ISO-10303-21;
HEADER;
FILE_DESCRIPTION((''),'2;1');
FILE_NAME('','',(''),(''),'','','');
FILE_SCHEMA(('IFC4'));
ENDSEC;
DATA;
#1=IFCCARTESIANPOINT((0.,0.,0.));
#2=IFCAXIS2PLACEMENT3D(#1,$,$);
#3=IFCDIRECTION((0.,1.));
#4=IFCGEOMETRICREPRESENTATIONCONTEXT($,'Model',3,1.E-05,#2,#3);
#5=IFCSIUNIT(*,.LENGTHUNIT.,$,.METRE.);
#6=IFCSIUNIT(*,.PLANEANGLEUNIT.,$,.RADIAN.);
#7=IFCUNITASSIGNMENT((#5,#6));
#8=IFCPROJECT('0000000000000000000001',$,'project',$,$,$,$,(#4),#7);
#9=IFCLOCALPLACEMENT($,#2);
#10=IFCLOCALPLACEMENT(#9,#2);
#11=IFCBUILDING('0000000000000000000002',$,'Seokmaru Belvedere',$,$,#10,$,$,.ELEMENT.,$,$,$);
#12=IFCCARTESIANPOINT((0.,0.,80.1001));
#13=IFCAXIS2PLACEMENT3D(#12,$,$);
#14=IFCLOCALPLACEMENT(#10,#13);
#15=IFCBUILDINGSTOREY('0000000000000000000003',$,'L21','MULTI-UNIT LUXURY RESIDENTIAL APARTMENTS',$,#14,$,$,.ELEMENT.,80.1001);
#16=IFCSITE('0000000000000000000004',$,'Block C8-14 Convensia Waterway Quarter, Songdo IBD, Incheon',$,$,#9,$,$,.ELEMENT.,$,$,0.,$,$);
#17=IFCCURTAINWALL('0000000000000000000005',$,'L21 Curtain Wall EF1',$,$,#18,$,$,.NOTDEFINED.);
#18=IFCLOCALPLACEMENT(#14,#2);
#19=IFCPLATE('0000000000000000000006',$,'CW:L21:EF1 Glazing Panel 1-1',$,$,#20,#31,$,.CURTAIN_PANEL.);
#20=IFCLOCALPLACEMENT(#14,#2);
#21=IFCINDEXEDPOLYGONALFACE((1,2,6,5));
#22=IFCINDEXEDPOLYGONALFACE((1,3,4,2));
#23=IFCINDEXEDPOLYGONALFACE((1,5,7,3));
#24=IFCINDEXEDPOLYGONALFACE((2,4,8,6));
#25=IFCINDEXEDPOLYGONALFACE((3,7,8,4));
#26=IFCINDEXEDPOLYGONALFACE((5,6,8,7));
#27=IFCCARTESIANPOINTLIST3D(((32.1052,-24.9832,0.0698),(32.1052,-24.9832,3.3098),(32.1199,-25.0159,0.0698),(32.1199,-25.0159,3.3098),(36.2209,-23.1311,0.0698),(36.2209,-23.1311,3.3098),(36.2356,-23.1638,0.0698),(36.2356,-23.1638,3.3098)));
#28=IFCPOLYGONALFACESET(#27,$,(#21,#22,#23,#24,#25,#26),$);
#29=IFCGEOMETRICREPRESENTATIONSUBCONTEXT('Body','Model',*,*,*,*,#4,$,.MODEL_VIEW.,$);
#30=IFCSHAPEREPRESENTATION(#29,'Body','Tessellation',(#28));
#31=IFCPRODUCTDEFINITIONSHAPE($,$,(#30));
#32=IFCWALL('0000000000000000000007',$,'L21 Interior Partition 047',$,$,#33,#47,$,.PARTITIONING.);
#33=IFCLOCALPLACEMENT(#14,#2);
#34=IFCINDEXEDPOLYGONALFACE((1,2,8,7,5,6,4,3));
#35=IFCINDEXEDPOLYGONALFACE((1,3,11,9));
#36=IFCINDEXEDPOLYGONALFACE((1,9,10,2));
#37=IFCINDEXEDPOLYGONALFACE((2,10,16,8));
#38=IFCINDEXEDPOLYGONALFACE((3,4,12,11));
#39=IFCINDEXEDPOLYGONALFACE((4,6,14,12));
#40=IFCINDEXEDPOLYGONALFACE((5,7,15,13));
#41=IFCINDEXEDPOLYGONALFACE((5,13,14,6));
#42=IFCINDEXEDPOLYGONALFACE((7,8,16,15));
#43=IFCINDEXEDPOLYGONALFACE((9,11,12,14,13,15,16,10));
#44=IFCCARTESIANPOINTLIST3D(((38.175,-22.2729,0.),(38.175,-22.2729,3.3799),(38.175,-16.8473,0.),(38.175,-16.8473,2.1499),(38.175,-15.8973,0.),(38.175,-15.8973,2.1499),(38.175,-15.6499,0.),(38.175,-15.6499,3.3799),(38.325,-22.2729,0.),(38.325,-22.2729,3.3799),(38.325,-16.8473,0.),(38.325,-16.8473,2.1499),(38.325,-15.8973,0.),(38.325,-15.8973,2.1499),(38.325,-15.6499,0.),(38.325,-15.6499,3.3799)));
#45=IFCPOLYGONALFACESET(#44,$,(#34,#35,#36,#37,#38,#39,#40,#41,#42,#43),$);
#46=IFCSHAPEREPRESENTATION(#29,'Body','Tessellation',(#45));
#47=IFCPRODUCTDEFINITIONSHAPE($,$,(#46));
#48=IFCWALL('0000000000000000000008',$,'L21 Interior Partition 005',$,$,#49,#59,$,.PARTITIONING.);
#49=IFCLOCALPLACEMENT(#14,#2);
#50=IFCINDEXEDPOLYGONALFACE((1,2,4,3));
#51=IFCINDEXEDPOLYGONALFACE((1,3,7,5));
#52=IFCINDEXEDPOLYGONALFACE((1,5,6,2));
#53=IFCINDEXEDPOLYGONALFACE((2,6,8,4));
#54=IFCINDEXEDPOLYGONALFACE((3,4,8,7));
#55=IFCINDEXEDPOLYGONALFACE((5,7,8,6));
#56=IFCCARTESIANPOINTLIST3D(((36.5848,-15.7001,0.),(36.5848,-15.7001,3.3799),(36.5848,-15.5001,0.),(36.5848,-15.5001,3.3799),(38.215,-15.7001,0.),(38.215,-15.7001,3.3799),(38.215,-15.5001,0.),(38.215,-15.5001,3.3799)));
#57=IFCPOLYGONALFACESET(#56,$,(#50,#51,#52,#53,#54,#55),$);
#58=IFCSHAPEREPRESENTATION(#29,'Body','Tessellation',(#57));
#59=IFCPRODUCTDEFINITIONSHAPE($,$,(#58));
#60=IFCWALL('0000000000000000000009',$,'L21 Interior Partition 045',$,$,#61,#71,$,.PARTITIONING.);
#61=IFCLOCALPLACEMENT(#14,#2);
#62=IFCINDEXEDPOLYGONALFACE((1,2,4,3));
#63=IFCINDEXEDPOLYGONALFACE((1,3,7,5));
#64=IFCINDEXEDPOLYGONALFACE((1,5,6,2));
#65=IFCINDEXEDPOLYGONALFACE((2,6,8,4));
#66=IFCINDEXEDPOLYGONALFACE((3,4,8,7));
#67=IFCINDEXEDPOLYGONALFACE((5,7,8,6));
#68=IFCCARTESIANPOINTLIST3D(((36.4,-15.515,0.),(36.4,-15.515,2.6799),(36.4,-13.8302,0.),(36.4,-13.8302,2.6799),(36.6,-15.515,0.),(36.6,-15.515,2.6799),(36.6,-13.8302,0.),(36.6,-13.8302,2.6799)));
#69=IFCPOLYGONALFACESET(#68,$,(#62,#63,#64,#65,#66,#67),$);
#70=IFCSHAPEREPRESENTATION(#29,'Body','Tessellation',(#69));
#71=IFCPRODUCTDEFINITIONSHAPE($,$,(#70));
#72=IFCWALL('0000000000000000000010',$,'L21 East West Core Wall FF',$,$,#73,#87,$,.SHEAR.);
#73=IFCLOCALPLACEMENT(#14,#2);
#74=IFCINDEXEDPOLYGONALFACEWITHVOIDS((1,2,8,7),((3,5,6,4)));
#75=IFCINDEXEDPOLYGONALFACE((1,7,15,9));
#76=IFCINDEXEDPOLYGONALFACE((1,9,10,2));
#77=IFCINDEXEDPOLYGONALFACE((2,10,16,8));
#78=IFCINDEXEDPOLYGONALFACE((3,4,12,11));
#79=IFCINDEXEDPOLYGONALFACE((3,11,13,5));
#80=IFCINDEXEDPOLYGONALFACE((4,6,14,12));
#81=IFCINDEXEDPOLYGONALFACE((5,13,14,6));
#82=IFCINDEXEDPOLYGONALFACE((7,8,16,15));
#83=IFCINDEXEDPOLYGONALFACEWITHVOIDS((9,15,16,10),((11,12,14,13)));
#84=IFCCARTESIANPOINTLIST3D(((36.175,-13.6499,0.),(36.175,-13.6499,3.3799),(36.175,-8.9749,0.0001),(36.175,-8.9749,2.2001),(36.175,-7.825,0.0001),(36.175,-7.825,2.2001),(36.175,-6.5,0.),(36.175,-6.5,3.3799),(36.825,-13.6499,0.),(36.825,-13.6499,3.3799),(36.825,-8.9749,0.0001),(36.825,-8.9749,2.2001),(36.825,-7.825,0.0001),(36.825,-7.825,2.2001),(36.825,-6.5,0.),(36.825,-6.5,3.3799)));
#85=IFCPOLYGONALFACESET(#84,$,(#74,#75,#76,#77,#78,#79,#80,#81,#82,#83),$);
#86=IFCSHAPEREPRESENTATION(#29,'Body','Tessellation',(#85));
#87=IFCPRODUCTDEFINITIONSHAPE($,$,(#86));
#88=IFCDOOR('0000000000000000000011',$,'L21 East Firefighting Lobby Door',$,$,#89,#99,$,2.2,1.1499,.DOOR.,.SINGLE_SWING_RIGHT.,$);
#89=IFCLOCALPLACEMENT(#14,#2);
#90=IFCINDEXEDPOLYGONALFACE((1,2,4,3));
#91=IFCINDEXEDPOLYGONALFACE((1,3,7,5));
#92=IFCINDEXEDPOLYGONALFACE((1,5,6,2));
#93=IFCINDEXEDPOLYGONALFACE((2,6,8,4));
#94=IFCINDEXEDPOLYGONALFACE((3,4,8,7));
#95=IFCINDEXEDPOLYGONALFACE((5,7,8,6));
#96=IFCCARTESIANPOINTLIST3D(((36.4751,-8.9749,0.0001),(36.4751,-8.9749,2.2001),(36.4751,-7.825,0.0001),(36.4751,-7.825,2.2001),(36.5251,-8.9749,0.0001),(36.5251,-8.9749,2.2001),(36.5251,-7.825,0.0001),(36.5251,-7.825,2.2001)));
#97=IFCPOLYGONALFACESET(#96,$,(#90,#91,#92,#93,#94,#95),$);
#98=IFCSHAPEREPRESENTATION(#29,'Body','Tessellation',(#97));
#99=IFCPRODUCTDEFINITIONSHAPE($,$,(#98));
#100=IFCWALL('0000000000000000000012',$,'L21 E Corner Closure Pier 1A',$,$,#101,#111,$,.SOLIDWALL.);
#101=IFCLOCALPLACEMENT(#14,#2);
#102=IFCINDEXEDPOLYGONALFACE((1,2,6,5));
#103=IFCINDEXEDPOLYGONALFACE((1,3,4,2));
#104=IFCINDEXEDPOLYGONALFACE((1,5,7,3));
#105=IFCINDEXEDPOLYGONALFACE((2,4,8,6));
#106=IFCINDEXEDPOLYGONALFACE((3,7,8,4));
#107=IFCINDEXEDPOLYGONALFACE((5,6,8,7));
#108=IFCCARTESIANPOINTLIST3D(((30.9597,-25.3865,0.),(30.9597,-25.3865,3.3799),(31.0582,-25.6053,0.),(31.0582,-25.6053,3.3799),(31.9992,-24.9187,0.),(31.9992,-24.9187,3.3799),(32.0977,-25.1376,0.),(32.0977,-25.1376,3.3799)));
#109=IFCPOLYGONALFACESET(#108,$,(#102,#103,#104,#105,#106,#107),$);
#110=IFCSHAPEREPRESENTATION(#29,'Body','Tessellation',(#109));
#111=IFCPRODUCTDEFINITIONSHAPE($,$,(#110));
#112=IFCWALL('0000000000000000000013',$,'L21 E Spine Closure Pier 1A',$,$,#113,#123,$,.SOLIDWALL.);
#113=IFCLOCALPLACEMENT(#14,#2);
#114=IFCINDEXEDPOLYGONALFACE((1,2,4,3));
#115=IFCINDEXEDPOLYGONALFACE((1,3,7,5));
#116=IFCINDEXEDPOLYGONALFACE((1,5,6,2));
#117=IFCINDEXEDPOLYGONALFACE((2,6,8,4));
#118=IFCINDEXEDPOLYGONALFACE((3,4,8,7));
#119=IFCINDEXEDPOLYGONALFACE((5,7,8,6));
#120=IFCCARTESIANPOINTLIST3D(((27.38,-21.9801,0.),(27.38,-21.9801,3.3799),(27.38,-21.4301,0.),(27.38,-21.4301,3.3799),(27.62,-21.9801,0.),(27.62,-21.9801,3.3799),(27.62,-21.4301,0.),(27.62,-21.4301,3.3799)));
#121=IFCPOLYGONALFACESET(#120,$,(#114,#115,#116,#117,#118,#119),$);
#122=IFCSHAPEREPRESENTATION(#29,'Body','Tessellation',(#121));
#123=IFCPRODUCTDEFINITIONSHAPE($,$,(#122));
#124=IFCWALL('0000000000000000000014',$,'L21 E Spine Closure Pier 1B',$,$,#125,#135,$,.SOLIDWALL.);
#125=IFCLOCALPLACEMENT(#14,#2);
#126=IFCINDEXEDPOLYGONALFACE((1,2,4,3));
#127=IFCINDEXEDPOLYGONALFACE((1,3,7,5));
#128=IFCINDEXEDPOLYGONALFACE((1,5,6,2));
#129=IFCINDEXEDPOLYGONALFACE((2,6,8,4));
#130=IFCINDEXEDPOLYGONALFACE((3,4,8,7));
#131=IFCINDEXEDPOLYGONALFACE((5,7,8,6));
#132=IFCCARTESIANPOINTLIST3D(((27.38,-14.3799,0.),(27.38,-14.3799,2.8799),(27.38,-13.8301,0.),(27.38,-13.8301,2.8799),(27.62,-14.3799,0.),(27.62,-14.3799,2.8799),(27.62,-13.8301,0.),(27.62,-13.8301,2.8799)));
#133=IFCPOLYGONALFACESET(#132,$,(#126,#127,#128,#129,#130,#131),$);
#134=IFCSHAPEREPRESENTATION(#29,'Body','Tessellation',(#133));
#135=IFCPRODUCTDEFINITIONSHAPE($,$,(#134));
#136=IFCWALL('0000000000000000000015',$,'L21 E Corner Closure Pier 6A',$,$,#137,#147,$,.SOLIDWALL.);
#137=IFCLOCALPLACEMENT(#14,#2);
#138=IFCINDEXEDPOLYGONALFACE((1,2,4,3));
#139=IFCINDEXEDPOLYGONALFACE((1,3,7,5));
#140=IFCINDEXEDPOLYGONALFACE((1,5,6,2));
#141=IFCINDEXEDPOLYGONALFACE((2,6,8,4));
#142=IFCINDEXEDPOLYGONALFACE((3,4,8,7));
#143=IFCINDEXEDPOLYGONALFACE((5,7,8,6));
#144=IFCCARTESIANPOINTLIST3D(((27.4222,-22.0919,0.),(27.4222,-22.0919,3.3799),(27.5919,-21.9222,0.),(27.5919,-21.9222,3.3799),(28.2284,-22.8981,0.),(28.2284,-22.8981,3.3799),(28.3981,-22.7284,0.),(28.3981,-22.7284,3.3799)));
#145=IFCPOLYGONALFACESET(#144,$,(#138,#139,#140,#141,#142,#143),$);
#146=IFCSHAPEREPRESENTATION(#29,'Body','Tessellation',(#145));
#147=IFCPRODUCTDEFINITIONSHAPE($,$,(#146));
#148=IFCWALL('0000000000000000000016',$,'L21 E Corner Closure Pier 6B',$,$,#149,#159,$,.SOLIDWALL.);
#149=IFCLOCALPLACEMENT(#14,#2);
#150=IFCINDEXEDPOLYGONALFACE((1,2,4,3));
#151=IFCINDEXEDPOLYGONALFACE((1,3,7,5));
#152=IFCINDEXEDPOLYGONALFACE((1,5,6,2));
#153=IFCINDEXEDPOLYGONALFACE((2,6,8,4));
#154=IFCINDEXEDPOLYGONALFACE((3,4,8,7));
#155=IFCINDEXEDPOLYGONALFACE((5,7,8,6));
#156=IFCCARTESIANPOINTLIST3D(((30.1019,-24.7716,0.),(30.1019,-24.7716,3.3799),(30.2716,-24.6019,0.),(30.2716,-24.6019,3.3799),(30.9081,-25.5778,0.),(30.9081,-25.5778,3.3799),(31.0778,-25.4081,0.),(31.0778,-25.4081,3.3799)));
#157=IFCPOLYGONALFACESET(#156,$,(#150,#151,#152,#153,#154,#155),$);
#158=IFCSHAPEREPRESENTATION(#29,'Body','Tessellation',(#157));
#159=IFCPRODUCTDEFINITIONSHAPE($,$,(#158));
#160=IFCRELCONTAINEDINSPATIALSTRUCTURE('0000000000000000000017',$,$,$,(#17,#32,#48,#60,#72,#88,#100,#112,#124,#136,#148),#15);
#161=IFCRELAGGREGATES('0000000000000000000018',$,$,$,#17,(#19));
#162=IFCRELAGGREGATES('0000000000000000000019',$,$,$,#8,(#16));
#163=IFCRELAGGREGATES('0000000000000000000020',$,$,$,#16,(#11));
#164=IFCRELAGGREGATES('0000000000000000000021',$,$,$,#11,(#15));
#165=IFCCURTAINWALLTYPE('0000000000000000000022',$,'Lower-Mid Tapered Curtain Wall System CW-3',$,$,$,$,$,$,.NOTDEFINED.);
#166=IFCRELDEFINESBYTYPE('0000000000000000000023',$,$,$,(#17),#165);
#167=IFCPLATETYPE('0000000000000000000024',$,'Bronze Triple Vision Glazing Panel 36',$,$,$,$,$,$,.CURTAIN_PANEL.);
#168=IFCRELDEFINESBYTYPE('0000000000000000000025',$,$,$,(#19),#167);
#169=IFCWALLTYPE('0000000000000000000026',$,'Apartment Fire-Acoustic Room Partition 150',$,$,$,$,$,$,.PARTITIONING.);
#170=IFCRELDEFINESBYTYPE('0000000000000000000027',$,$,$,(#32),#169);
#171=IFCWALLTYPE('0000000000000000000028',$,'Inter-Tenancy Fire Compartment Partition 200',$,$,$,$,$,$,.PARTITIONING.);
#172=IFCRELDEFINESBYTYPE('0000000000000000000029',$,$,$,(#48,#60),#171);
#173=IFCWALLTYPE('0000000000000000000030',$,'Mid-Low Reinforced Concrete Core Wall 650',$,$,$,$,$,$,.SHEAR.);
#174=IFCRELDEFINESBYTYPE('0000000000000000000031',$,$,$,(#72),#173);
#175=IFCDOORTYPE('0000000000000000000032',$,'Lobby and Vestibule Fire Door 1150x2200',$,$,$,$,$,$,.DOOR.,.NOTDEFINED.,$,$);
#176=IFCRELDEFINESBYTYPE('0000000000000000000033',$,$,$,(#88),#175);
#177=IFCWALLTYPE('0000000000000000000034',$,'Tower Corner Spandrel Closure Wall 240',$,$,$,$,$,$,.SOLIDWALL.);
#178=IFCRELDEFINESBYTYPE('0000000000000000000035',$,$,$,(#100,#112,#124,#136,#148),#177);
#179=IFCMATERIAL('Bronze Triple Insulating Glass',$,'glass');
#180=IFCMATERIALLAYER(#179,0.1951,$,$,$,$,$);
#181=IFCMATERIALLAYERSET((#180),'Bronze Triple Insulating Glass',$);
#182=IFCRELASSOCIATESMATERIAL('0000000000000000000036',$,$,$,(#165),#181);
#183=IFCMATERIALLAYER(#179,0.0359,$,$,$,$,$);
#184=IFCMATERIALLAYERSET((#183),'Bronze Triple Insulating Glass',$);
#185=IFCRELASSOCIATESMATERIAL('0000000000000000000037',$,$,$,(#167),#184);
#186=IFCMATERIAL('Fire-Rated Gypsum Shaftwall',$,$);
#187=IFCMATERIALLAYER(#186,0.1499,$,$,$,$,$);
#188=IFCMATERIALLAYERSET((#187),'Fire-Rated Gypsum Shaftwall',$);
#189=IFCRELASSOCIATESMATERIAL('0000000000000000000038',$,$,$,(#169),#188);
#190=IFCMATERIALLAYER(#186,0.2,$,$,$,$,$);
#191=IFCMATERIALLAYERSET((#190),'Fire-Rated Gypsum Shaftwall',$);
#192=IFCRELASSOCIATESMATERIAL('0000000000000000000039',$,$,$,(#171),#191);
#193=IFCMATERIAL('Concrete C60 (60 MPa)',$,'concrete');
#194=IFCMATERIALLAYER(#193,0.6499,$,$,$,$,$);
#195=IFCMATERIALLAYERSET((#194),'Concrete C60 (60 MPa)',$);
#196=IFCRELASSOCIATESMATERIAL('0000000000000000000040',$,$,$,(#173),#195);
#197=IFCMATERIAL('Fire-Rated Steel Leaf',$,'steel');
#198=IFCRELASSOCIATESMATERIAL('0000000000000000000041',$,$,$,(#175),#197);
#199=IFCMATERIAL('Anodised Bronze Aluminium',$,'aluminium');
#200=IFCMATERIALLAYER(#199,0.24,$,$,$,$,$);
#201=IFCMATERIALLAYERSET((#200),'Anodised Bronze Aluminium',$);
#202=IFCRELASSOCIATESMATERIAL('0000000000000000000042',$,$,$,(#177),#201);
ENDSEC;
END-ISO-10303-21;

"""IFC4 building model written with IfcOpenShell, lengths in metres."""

from ifc_helpers import new_model, si_unit, direction, frame, frame_2d, origin, origin_2d, place, context, subcontext, project, spatial, rectangle, extrude, source, transform, mapped, material, layer, layer_set, type_object, type_shapes, element, fill, aggregate, save


model = new_model("IFC4")

# Units and contexts
model_context = context("Model", 3, precision=1e-05, world=origin(), true_north=direction((0.0, 1.0)))
body_context = subcontext(model_context, "Body", "Model", "MODEL_VIEW")
ifc_project = project(units=[si_unit("LENGTHUNIT", "METRE"), si_unit("PLANEANGLEUNIT", "RADIAN")], contexts=[model_context])

# Site, building, storey
site_placement = place(None, origin())
site = spatial("IfcSite", under=ifc_project, at=site_placement, Name="Block C8-14 Convensia Waterway Quarter, Songdo IBD, Incheon", CompositionType="ELEMENT", RefElevation=0.0)
building_placement = place(site_placement, origin())
building = spatial("IfcBuilding", under=site, at=building_placement, Name="Seokmaru Belvedere", CompositionType="ELEMENT")
storey_placement = place(building_placement, frame((0.0, 0.0, 80.1001)))
storey = spatial("IfcBuildingStorey", under=building, at=storey_placement, Name="L21", Description="MULTI-UNIT LUXURY RESIDENTIAL APARTMENTS", CompositionType="ELEMENT", Elevation=80.1001)

# Curtain wall
ifc_material_1 = material(Name="Bronze Triple Insulating Glass", Category="glass")
ifc_layer_1 = layer(ifc_material_1, 0.1951)
ifc_layer_set_1 = layer_set([ifc_layer_1], Name="Bronze Triple Insulating Glass")
curtain_wall_type = type_object("IfcCurtainWallType", Name="Lower-Mid Tapered Curtain Wall System CW-3", PredefinedType="NOTDEFINED", material=ifc_layer_set_1)
curtain_wall_1_placement = place(storey_placement, origin())
curtain_wall_1 = element("IfcCurtainWall", 1, at=curtain_wall_1_placement, inside=storey, type_object=curtain_wall_type, Name="L21 Curtain Wall EF1", PredefinedType="NOTDEFINED")
ifc_material_2 = material(Name="Anodised Bronze Aluminium", Category="aluminium")

# Plate
ifc_layer_2 = layer(ifc_material_1, 0.0359)
ifc_layer_set_2 = layer_set([ifc_layer_2], Name="Bronze Triple Insulating Glass")
plate_type = type_object("IfcPlateType", Name="Bronze Triple Vision Glazing Panel 36", PredefinedType="CURTAIN_PANEL", material=ifc_layer_set_2)
shared_shape_1 = source(origin(), body_context, "Body", "SweptSolid", [
    extrude(rectangle(XDim=4.5132, YDim=0.0359, at=origin_2d()), origin(), (0.0, 0.0, 1.0), 3.24),
])
plate_1_placement = place(storey_placement, frame((34.1704, -24.0735, 0.0698), z_axis=(0.0, 0.0, 1.0), x_axis=(0.911921, 0.410366, 0.0)))
plate_1 = element("IfcPlate", 2, at=plate_1_placement, type_object=plate_type, Name="CW:L21:EF1 Glazing Panel 1-1", PredefinedType="CURTAIN_PANEL", context=body_context, shape_type="MappedRepresentation", body=[
    mapped(shared_shape_1, transform((0.0, 0.0, 0.0), scale=1.0)),
])
aggregate(curtain_wall_1, [plate_1])

# Wall, opening
ifc_material_3 = material(Name="Fire-Rated Gypsum Shaftwall")
ifc_layer_3 = layer(ifc_material_3, 0.1499)
ifc_layer_set_3 = layer_set([ifc_layer_3], Name="Fire-Rated Gypsum Shaftwall")
wall_type_1 = type_object("IfcWallType", Name="Apartment Fire-Acoustic Room Partition 150", PredefinedType="PARTITIONING", material=ifc_layer_set_3)
wall_1_placement = place(storey_placement, frame((38.25, -22.2729, 0.0), z_axis=(0.0, 0.0, 1.0), x_axis=(0.0, 1.0, 0.0)))
wall_1 = element("IfcWall", 3, at=wall_1_placement, inside=storey, type_object=wall_type_1, Name="L21 Interior Partition 047", PredefinedType="PARTITIONING", context=body_context, shape_type="SweptSolid", body=[
    extrude(rectangle(XDim=6.623, YDim=0.1499, at=frame_2d((3.3115, 0.0))), origin(), (0.0, 0.0, 1.0), 3.3799),
])
opening_1_placement = place(wall_1_placement, frame((5.4255, 0.0, 0.0)))
element("IfcOpeningElement", 4, at=opening_1_placement, cuts=wall_1, PredefinedType="OPENING", context=body_context, shape_type="SweptSolid", body=[
    extrude(rectangle(XDim=0.95, YDim=2.1499, at=frame_2d((0.4751, 1.075))), frame((0.0, 0.085, 0.0), z_axis=(0.0, -1.0, 0.0), x_axis=(1.0, 0.0, 0.0)), (0.0, 0.0, 1.0), 0.1699),
])

# Walls
ifc_layer_4 = layer(ifc_material_3, 0.2)
ifc_layer_set_4 = layer_set([ifc_layer_4], Name="Fire-Rated Gypsum Shaftwall")
wall_type_2 = type_object("IfcWallType", Name="Inter-Tenancy Fire Compartment Partition 200", PredefinedType="PARTITIONING", material=ifc_layer_set_4)
wall_2_placement = place(storey_placement, frame((36.585, -15.6001, 0.0), z_axis=(0.0, 0.0, 1.0), x_axis=(1.0, 0.0, 0.0)))
element("IfcWall", 5, at=wall_2_placement, inside=storey, type_object=wall_type_2, Name="L21 Interior Partition 005", PredefinedType="PARTITIONING", context=body_context, shape_type="SweptSolid", body=[
    extrude(rectangle(XDim=1.6301, YDim=0.2, at=frame_2d((0.8149, 0.0))), origin(), (0.0, 0.0, 1.0), 3.3799),
])
wall_3_placement = place(storey_placement, frame((36.5, -15.5149, 0.0), z_axis=(0.0, 0.0, 1.0), x_axis=(0.0, 1.0, 0.0)))
element("IfcWall", 6, at=wall_3_placement, inside=storey, type_object=wall_type_2, Name="L21 Interior Partition 045", PredefinedType="PARTITIONING", context=body_context, shape_type="SweptSolid", body=[
    extrude(rectangle(XDim=1.6848, YDim=0.2, at=frame_2d((0.8423, 0.0))), origin(), (0.0, 0.0, 1.0), 2.6799),
])

# Wall, opening, door
ifc_material_4 = material(Name="Concrete C60 (60 MPa)", Category="concrete")
ifc_layer_5 = layer(ifc_material_4, 0.6499)
ifc_layer_set_5 = layer_set([ifc_layer_5], Name="Concrete C60 (60 MPa)")
wall_type_3 = type_object("IfcWallType", Name="Mid-Low Reinforced Concrete Core Wall 650", PredefinedType="SHEAR", material=ifc_layer_set_5)
wall_4_placement = place(storey_placement, frame((36.5, -13.6499, 0.0), z_axis=(0.0, 0.0, 1.0), x_axis=(0.0, 1.0, 0.0)))
wall_4 = element("IfcWall", 7, at=wall_4_placement, inside=storey, type_object=wall_type_3, Name="L21 East West Core Wall FF", PredefinedType="SHEAR", context=body_context, shape_type="SweptSolid", body=[
    extrude(rectangle(XDim=7.1499, YDim=0.6499, at=frame_2d((3.575, 0.0))), origin(), (0.0, 0.0, 1.0), 3.3799),
])
opening_2_placement = place(wall_4_placement, frame((4.675, 0.0, 0.0)))
opening_2 = element("IfcOpeningElement", 8, at=opening_2_placement, cuts=wall_4, PredefinedType="OPENING", context=body_context, shape_type="SweptSolid", body=[
    extrude(rectangle(XDim=1.1499, YDim=2.2, at=frame_2d((0.575, 1.1001))), frame((0.0, 0.335, 0.0), z_axis=(0.0, -1.0, 0.0), x_axis=(1.0, 0.0, 0.0)), (0.0, 0.0, 1.0), 0.6699),
])
ifc_material_5 = material(Name="Fire-Rated Steel Leaf", Category="steel")
door_type = type_object("IfcDoorType", Name="Lobby and Vestibule Fire Door 1150x2200", OperationType="NOTDEFINED", PredefinedType="DOOR", material=ifc_material_5)
shared_shape_2 = source(origin(), body_context, "Body", "SweptSolid", [
    extrude(rectangle(XDim=1.1499, YDim=2.2, at=frame_2d((0.575, 1.1001))), frame((0.0, 0.0249, 0.0), z_axis=(0.0, -1.0, 0.0), x_axis=(1.0, 0.0, 0.0)), (0.0, 0.0, 1.0), 0.05),
])
type_shapes(door_type, [shared_shape_2])
door_placement = place(opening_2_placement, origin())
door = element("IfcDoor", 9, at=door_placement, inside=storey, type_object=door_type, Name="L21 East Firefighting Lobby Door", OperationType="SINGLE_SWING_RIGHT", OverallHeight=2.2, OverallWidth=1.1499, PredefinedType="DOOR", context=body_context, shape_type="MappedRepresentation", body=[
    mapped(shared_shape_2, transform((0.0, 0.0, 0.0), scale=1.0)),
])
fill(opening_2, door)

# Walls
ifc_layer_6 = layer(ifc_material_2, 0.24)
ifc_layer_set_6 = layer_set([ifc_layer_6], Name="Anodised Bronze Aluminium")
wall_type_4 = type_object("IfcWallType", Name="Tower Corner Spandrel Closure Wall 240", PredefinedType="SOLIDWALL", material=ifc_layer_set_6)
wall_5_placement = place(storey_placement, frame((31.009, -25.4958, 0.0), z_axis=(0.0, 0.0, 1.0), x_axis=(0.91193, 0.410347, 0.0)))
element("IfcWall", 10, at=wall_5_placement, inside=storey, type_object=wall_type_4, Name="L21 E Corner Closure Pier 1A", PredefinedType="SOLIDWALL", context=body_context, shape_type="SweptSolid", body=[
    extrude(rectangle(XDim=1.1399, YDim=0.24, at=frame_2d((0.5698, 0.0))), origin(), (0.0, 0.0, 1.0), 3.3799),
])
wall_6_placement = place(storey_placement, frame((27.5, -21.98, 0.0), z_axis=(0.0, 0.0, 1.0), x_axis=(0.0, 1.0, 0.0)))
element("IfcWall", 11, at=wall_6_placement, inside=storey, type_object=wall_type_4, Name="L21 E Spine Closure Pier 1A", PredefinedType="SOLIDWALL", context=body_context, shape_type="SweptSolid", body=[
    extrude(rectangle(XDim=0.55, YDim=0.24, at=frame_2d((0.2749, 0.0))), origin(), (0.0, 0.0, 1.0), 3.3799),
])
wall_7_placement = place(storey_placement, frame((27.5, -14.3799, 0.0), z_axis=(0.0, 0.0, 1.0), x_axis=(0.0, 1.0, 0.0)))
element("IfcWall", 12, at=wall_7_placement, inside=storey, type_object=wall_type_4, Name="L21 E Spine Closure Pier 1B", PredefinedType="SOLIDWALL", context=body_context, shape_type="SweptSolid", body=[
    extrude(rectangle(XDim=0.5498, YDim=0.24, at=frame_2d((0.2749, 0.0))), origin(), (0.0, 0.0, 1.0), 2.8799),
])
for number, where, z_axis, x_axis, name in (
    (13, (27.5071, -22.0071, 0.0), (0.0, 0.0, 1.0), (0.707107, -0.707107, 0.0), "L21 E Corner Closure Pier 6A"),
    (14, (30.1868, -24.6868, 0.0), (0.0, 0.0, 1.0), (0.707107, -0.707107, 0.0), "L21 E Corner Closure Pier 6B"),
):
    element("IfcWall", number, at=place(storey_placement, frame(where, z_axis=z_axis, x_axis=x_axis)), inside=storey, type_object=wall_type_4, Name=name, PredefinedType="SOLIDWALL", context=body_context, shape_type="SweptSolid", body=[
        extrude(rectangle(XDim=1.1401, YDim=0.24, at=frame_2d((0.5701, 0.0))), origin(), (0.0, 0.0, 1.0), 3.3799),
    ])

save(model, "model.ifc")
